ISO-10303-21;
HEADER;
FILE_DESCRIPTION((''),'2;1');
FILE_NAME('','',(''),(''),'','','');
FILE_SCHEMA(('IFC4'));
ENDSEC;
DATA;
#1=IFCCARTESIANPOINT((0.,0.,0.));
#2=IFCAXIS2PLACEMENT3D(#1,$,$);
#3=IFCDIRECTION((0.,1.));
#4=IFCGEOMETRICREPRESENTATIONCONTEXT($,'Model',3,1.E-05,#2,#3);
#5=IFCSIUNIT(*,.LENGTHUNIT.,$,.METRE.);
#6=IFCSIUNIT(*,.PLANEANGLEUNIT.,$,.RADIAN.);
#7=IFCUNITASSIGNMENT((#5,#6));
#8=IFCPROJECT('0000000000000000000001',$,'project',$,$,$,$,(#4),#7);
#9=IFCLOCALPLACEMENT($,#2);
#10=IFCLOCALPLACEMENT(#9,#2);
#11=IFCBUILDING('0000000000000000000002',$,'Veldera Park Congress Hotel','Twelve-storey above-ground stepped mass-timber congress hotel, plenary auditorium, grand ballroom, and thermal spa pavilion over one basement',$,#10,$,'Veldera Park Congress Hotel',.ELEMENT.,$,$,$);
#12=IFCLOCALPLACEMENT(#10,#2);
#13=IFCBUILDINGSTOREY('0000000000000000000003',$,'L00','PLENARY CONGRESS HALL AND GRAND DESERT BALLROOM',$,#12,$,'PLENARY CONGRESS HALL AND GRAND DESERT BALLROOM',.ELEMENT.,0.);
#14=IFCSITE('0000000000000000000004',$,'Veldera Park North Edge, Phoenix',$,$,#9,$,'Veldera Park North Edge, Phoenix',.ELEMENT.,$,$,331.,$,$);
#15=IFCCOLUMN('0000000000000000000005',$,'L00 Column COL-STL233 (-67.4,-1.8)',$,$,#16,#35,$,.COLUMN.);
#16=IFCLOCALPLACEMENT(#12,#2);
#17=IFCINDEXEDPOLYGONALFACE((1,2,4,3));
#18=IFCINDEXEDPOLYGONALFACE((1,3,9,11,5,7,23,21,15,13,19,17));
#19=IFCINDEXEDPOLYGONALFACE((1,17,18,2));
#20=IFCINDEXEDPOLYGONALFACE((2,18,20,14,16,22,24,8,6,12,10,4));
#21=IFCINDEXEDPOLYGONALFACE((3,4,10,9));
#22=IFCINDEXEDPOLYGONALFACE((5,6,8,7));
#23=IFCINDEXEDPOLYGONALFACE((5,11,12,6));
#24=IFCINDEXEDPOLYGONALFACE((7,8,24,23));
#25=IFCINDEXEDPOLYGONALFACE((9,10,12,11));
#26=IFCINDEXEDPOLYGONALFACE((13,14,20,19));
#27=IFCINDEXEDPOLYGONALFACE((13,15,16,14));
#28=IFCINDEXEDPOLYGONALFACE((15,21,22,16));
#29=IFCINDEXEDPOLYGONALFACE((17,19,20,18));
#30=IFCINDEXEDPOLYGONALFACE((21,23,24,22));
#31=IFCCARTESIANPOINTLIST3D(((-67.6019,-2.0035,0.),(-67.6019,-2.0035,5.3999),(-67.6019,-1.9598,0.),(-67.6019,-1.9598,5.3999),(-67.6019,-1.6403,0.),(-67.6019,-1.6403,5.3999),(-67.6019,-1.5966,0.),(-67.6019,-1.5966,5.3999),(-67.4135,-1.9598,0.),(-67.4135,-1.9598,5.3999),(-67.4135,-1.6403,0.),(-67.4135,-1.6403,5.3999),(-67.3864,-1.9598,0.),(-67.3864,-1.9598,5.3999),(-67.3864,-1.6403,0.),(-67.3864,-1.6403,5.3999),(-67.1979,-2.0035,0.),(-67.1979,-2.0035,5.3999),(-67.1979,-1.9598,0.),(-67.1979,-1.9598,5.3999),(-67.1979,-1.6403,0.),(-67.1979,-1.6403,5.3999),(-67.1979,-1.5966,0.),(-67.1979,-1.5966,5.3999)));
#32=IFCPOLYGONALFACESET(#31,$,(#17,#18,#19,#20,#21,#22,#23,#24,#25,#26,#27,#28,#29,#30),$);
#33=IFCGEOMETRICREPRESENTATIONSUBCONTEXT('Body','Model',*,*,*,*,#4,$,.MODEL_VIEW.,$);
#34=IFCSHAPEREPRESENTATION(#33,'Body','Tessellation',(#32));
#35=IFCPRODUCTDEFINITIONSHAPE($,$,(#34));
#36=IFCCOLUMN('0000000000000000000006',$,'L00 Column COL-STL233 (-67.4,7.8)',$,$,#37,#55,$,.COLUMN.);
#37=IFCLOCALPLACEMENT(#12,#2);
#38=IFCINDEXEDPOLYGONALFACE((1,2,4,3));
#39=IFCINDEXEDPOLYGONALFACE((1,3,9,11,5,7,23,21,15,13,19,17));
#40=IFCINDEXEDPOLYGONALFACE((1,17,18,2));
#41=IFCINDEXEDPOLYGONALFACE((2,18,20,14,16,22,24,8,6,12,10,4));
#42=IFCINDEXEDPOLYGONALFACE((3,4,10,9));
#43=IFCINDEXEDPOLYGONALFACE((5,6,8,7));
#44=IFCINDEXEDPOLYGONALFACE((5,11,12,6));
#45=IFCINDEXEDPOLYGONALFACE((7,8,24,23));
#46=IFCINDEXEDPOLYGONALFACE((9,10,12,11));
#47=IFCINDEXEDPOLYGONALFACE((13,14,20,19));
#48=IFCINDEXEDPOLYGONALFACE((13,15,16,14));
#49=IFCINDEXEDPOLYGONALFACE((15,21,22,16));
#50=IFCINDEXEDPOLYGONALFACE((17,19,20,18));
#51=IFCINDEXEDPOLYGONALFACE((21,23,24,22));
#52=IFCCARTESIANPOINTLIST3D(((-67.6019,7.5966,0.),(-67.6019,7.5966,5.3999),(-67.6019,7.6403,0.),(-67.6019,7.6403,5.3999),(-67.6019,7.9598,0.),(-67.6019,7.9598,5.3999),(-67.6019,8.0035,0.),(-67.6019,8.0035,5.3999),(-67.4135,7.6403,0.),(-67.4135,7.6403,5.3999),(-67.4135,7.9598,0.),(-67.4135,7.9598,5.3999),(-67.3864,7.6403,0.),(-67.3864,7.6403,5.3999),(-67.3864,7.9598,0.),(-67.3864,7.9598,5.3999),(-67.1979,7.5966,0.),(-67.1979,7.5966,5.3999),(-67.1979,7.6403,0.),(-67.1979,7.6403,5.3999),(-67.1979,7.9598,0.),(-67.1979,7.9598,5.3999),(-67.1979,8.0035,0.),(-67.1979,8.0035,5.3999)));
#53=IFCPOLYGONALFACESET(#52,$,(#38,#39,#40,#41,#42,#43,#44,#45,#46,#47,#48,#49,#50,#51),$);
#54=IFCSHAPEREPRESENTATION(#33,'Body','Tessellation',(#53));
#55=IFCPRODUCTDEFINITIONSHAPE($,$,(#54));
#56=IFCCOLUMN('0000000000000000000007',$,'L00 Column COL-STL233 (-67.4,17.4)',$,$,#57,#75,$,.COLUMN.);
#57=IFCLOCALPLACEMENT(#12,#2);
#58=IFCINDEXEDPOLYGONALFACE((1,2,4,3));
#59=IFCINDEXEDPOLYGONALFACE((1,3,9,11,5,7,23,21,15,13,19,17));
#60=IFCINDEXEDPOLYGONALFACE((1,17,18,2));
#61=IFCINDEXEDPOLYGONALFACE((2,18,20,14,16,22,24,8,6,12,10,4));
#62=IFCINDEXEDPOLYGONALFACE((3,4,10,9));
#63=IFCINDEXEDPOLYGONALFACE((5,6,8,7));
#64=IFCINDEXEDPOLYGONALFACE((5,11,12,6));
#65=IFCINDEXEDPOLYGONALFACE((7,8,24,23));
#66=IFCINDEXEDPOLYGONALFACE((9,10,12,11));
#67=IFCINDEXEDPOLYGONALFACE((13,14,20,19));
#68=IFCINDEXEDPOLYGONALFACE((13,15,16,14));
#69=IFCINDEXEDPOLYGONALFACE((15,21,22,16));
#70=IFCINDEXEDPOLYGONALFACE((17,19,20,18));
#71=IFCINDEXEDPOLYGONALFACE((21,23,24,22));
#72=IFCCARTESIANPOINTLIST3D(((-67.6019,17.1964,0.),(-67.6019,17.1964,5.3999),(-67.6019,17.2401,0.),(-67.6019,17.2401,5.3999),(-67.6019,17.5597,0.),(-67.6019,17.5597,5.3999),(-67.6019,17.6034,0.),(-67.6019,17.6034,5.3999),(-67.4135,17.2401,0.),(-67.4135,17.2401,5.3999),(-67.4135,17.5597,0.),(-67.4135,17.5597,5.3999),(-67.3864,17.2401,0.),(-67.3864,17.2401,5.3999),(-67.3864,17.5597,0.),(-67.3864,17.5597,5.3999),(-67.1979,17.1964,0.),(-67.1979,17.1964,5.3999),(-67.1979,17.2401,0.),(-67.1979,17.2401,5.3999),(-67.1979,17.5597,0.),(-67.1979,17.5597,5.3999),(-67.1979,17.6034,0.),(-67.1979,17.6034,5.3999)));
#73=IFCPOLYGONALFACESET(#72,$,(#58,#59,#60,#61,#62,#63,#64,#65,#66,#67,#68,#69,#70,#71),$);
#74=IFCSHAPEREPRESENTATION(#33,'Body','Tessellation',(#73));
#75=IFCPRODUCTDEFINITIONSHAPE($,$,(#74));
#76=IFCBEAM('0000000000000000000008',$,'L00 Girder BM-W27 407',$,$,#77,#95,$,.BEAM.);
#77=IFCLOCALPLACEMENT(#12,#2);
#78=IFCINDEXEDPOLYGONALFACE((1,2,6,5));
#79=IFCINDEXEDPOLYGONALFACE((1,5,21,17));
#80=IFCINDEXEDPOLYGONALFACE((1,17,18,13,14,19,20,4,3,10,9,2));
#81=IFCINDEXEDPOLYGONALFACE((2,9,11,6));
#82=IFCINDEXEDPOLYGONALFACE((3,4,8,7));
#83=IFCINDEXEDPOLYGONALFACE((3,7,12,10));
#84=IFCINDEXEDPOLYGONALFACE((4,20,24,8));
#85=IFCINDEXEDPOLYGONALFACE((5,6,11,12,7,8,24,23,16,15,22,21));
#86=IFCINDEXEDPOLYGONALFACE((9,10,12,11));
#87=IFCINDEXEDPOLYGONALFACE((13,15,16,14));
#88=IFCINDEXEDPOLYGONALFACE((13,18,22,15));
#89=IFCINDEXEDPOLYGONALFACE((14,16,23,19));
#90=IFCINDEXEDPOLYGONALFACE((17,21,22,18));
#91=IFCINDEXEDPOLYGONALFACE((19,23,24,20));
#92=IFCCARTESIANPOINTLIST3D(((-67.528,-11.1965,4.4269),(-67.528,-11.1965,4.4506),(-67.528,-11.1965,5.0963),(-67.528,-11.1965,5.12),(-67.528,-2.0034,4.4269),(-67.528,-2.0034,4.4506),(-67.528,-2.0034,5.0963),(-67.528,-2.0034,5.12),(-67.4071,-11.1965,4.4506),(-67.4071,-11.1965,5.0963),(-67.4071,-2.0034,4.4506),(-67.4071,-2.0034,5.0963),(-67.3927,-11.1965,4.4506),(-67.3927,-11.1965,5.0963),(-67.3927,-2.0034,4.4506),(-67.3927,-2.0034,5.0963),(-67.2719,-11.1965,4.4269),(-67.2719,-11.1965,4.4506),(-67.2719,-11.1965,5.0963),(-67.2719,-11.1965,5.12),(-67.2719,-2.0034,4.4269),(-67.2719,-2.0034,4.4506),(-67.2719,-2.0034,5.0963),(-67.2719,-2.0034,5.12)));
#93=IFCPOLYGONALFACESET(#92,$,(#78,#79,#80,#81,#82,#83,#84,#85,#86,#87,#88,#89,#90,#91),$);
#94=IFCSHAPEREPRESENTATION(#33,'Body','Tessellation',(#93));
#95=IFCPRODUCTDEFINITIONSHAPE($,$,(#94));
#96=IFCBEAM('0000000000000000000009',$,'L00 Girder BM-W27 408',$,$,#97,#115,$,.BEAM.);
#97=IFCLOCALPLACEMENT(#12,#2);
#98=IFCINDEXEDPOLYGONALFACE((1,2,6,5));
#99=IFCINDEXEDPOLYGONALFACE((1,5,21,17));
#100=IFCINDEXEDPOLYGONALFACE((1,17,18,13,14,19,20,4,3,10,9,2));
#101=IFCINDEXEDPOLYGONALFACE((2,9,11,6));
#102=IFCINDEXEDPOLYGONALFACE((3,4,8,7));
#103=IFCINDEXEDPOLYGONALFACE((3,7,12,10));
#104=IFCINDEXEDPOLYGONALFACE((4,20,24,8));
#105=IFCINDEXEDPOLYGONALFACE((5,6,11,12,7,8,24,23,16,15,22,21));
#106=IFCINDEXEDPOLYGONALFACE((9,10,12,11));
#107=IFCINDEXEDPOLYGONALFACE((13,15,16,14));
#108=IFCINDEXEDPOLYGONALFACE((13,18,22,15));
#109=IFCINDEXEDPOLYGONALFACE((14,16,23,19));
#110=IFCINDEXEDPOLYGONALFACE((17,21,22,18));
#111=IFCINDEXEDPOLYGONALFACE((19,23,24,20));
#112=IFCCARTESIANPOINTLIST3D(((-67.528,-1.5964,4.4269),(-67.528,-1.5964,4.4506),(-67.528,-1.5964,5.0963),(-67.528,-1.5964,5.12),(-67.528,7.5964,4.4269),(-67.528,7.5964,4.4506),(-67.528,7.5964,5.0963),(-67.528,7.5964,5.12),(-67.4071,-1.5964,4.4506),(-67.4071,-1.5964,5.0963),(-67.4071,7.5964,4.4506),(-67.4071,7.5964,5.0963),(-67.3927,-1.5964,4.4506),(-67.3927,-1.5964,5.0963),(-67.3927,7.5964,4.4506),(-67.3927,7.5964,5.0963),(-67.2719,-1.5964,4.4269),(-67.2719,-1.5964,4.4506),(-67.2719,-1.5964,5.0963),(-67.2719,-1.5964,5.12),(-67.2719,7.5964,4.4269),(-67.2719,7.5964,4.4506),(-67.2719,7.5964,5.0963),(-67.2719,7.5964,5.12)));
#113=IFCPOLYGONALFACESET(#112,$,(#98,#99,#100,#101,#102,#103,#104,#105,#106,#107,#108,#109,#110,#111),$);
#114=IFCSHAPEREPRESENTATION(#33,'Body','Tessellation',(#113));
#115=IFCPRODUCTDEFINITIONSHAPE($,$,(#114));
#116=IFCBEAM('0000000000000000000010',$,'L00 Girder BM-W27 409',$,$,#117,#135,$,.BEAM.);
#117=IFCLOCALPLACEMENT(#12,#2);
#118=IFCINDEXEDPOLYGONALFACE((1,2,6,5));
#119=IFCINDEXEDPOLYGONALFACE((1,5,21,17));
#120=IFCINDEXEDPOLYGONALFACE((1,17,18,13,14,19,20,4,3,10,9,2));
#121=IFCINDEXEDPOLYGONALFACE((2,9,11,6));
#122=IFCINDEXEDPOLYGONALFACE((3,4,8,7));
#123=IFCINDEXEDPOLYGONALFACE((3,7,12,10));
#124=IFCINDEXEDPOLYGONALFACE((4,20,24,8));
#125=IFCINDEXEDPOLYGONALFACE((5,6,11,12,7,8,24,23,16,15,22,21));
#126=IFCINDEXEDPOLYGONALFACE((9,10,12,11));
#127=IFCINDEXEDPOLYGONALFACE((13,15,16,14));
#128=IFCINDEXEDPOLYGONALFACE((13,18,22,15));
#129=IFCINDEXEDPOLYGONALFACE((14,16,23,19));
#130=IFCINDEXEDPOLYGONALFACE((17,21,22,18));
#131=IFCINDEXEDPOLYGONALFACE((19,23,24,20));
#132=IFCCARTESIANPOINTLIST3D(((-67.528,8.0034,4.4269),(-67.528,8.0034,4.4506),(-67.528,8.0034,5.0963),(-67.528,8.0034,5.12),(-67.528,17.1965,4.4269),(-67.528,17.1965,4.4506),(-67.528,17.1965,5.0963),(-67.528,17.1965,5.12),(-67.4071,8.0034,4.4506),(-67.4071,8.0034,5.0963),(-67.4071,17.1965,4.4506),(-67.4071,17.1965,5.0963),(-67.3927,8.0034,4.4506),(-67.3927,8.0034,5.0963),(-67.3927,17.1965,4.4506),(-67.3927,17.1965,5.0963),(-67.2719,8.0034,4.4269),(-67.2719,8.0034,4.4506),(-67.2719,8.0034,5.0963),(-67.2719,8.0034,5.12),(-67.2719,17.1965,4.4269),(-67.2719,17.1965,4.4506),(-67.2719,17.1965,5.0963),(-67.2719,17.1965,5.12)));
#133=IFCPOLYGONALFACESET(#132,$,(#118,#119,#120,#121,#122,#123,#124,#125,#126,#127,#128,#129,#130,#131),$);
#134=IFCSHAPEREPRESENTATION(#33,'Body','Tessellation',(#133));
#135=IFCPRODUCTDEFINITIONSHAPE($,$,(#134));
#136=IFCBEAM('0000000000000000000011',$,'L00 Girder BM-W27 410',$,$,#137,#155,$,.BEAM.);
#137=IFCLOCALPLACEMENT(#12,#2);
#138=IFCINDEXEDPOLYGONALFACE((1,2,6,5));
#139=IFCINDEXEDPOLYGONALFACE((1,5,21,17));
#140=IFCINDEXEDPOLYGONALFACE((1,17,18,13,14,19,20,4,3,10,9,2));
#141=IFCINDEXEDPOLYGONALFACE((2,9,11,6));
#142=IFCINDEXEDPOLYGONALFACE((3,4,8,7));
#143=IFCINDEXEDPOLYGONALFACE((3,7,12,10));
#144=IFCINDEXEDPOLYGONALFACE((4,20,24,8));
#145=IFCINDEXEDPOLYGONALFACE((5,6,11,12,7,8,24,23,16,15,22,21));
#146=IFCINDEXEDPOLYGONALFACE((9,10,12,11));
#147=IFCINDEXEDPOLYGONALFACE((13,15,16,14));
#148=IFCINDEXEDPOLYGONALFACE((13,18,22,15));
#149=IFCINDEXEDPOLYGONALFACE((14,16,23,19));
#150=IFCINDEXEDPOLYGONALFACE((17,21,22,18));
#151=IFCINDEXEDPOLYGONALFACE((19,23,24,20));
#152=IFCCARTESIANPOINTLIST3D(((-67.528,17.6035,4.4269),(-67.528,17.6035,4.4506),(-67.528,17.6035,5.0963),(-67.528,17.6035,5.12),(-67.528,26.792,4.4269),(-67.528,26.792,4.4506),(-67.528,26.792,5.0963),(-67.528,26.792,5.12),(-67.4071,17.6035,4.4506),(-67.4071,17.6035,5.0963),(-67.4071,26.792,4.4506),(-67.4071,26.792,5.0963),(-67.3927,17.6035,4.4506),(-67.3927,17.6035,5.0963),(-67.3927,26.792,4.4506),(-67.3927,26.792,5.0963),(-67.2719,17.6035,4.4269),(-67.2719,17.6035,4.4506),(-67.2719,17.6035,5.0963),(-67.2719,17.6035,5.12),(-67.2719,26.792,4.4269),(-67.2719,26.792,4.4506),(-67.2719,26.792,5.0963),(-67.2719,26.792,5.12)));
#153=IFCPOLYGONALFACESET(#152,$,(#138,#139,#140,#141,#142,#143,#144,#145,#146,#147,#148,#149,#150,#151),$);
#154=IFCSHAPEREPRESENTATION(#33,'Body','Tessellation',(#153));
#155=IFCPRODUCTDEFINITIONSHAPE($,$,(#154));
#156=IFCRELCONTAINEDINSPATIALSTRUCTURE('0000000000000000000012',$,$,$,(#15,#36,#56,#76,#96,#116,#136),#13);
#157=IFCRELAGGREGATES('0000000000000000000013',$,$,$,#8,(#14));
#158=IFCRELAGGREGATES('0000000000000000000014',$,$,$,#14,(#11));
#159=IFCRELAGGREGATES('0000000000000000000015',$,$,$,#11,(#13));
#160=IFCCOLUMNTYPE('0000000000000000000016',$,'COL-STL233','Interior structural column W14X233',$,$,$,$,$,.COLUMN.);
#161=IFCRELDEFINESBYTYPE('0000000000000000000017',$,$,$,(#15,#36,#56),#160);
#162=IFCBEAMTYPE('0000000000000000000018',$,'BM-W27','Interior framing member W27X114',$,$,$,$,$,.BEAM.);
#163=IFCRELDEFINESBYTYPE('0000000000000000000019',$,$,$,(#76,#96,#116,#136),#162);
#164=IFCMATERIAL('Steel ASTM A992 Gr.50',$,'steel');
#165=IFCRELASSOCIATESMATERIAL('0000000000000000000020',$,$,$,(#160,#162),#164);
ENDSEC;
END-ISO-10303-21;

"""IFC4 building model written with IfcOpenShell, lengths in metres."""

from ifc_helpers import new_model, si_unit, direction, frame, origin, origin_2d, place, context, subcontext, project, spatial, i_section, extrude, material, material_profile, profile_set, type_object, element, save


model = new_model("IFC4")

# Units and contexts
model_context = context("Model", 3, precision=1e-05, world=origin(), true_north=direction((0.0, 1.0)))
body_context = subcontext(model_context, "Body", "Model", "MODEL_VIEW")
ifc_project = project(units=[si_unit("LENGTHUNIT", "METRE"), si_unit("PLANEANGLEUNIT", "RADIAN")], contexts=[model_context])

# Site, building, storey
site_placement = place(None, origin())
site = spatial("IfcSite", under=ifc_project, at=site_placement, Name="Veldera Park North Edge, Phoenix", LongName="Veldera Park North Edge, Phoenix", CompositionType="ELEMENT", RefElevation=331.0)
building_placement = place(site_placement, origin())
building = spatial("IfcBuilding", under=site, at=building_placement, Name="Veldera Park Congress Hotel", Description="Twelve-storey above-ground stepped mass-timber congress hotel, plenary auditorium, grand ballroom, and thermal spa pavilion over one basement", LongName="Veldera Park Congress Hotel", CompositionType="ELEMENT")
storey_placement = place(building_placement, origin())
storey = spatial("IfcBuildingStorey", under=building, at=storey_placement, Name="L00", Description="PLENARY CONGRESS HALL AND GRAND DESERT BALLROOM", LongName="PLENARY CONGRESS HALL AND GRAND DESERT BALLROOM", CompositionType="ELEMENT", Elevation=0.0)

# Columns
ifc_material_1 = material(Name="Steel ASTM A992 Gr.50", Category="steel")
ifc_material_profile_1 = material_profile(ifc_material_1, i_section(OverallWidth=0.4041, OverallDepth=0.407, WebThickness=0.0271, FlangeThickness=0.0437, at=origin_2d()), Name="W14X233")
ifc_profile_set_1 = profile_set([ifc_material_profile_1], Name="Steel ASTM A992 Gr.50")
column_type = type_object("IfcColumnType", Name="COL-STL233", Description="Interior structural column W14X233", PredefinedType="COLUMN", material=ifc_profile_set_1)
for number, where, z_axis, x_axis, name in (
    (1, (-67.3999, -1.8, 0.0), (0.0, 0.0, 1.0), (1.0, 0.0, 0.0), "L00 Column COL-STL233 (-67.4,-1.8)"),
    (2, (-67.3999, 7.8, 0.0), (0.0, 0.0, 1.0), (1.0, 0.0, 0.0), "L00 Column COL-STL233 (-67.4,7.8)"),
    (3, (-67.3999, 17.3999, 0.0), (0.0, 0.0, 1.0), (1.0, 0.0, 0.0), "L00 Column COL-STL233 (-67.4,17.4)"),
):
    element("IfcColumn", number, at=place(storey_placement, frame(where, z_axis=z_axis, x_axis=x_axis)), inside=storey, type_object=column_type, Name=name, PredefinedType="COLUMN", context=body_context, shape_type="SweptSolid", body=[
        extrude(i_section(OverallWidth=0.4041, OverallDepth=0.407, WebThickness=0.0271, FlangeThickness=0.0437, at=origin_2d()), origin(), (0.0, 0.0, 1.0), 5.3999),
    ])

# Beams
ifc_material_profile_2 = material_profile(ifc_material_1, i_section(OverallWidth=0.2561, OverallDepth=0.6931, WebThickness=0.0144, FlangeThickness=0.0237, at=origin_2d()), Name="W27X114")
ifc_profile_set_2 = profile_set([ifc_material_profile_2], Name="Steel ASTM A992 Gr.50")
beam_type = type_object("IfcBeamType", Name="BM-W27", Description="Interior framing member W27X114", PredefinedType="BEAM", material=ifc_profile_set_2)
beam_1_placement = place(storey_placement, frame((-67.3999, -11.1965, 4.7734), z_axis=(0.0, 1.0, 0.0), x_axis=(-1.0, 0.0, 0.0)))
element("IfcBeam", 4, at=beam_1_placement, inside=storey, type_object=beam_type, Name="L00 Girder BM-W27 407", PredefinedType="BEAM", context=body_context, shape_type="SweptSolid", body=[
    extrude(i_section(OverallWidth=0.2561, OverallDepth=0.6931, WebThickness=0.0144, FlangeThickness=0.0237, at=origin_2d()), origin(), (0.0, 0.0, 1.0), 9.1931),
])
beam_2_placement = place(storey_placement, frame((-67.3999, -1.5964, 4.7734), z_axis=(0.0, 1.0, 0.0), x_axis=(-1.0, 0.0, 0.0)))
element("IfcBeam", 5, at=beam_2_placement, inside=storey, type_object=beam_type, Name="L00 Girder BM-W27 408", PredefinedType="BEAM", context=body_context, shape_type="SweptSolid", body=[
    extrude(i_section(OverallWidth=0.2561, OverallDepth=0.6931, WebThickness=0.0144, FlangeThickness=0.0237, at=origin_2d()), origin(), (0.0, 0.0, 1.0), 9.1929),
])
beam_3_placement = place(storey_placement, frame((-67.3999, 8.0034, 4.7734), z_axis=(0.0, 1.0, 0.0), x_axis=(-1.0, 0.0, 0.0)))
element("IfcBeam", 6, at=beam_3_placement, inside=storey, type_object=beam_type, Name="L00 Girder BM-W27 409", PredefinedType="BEAM", context=body_context, shape_type="SweptSolid", body=[
    extrude(i_section(OverallWidth=0.2561, OverallDepth=0.6931, WebThickness=0.0144, FlangeThickness=0.0237, at=origin_2d()), origin(), (0.0, 0.0, 1.0), 9.1931),
])
beam_4_placement = place(storey_placement, frame((-67.3999, 17.6035, 4.7734), z_axis=(0.0, 1.0, 0.0), x_axis=(-1.0, 0.0, 0.0)))
element("IfcBeam", 7, at=beam_4_placement, inside=storey, type_object=beam_type, Name="L00 Girder BM-W27 410", PredefinedType="BEAM", context=body_context, shape_type="SweptSolid", body=[
    extrude(i_section(OverallWidth=0.2561, OverallDepth=0.6931, WebThickness=0.0144, FlangeThickness=0.0237, at=origin_2d()), origin(), (0.0, 0.0, 1.0), 9.1885),
])

save(model, "model.ifc")
